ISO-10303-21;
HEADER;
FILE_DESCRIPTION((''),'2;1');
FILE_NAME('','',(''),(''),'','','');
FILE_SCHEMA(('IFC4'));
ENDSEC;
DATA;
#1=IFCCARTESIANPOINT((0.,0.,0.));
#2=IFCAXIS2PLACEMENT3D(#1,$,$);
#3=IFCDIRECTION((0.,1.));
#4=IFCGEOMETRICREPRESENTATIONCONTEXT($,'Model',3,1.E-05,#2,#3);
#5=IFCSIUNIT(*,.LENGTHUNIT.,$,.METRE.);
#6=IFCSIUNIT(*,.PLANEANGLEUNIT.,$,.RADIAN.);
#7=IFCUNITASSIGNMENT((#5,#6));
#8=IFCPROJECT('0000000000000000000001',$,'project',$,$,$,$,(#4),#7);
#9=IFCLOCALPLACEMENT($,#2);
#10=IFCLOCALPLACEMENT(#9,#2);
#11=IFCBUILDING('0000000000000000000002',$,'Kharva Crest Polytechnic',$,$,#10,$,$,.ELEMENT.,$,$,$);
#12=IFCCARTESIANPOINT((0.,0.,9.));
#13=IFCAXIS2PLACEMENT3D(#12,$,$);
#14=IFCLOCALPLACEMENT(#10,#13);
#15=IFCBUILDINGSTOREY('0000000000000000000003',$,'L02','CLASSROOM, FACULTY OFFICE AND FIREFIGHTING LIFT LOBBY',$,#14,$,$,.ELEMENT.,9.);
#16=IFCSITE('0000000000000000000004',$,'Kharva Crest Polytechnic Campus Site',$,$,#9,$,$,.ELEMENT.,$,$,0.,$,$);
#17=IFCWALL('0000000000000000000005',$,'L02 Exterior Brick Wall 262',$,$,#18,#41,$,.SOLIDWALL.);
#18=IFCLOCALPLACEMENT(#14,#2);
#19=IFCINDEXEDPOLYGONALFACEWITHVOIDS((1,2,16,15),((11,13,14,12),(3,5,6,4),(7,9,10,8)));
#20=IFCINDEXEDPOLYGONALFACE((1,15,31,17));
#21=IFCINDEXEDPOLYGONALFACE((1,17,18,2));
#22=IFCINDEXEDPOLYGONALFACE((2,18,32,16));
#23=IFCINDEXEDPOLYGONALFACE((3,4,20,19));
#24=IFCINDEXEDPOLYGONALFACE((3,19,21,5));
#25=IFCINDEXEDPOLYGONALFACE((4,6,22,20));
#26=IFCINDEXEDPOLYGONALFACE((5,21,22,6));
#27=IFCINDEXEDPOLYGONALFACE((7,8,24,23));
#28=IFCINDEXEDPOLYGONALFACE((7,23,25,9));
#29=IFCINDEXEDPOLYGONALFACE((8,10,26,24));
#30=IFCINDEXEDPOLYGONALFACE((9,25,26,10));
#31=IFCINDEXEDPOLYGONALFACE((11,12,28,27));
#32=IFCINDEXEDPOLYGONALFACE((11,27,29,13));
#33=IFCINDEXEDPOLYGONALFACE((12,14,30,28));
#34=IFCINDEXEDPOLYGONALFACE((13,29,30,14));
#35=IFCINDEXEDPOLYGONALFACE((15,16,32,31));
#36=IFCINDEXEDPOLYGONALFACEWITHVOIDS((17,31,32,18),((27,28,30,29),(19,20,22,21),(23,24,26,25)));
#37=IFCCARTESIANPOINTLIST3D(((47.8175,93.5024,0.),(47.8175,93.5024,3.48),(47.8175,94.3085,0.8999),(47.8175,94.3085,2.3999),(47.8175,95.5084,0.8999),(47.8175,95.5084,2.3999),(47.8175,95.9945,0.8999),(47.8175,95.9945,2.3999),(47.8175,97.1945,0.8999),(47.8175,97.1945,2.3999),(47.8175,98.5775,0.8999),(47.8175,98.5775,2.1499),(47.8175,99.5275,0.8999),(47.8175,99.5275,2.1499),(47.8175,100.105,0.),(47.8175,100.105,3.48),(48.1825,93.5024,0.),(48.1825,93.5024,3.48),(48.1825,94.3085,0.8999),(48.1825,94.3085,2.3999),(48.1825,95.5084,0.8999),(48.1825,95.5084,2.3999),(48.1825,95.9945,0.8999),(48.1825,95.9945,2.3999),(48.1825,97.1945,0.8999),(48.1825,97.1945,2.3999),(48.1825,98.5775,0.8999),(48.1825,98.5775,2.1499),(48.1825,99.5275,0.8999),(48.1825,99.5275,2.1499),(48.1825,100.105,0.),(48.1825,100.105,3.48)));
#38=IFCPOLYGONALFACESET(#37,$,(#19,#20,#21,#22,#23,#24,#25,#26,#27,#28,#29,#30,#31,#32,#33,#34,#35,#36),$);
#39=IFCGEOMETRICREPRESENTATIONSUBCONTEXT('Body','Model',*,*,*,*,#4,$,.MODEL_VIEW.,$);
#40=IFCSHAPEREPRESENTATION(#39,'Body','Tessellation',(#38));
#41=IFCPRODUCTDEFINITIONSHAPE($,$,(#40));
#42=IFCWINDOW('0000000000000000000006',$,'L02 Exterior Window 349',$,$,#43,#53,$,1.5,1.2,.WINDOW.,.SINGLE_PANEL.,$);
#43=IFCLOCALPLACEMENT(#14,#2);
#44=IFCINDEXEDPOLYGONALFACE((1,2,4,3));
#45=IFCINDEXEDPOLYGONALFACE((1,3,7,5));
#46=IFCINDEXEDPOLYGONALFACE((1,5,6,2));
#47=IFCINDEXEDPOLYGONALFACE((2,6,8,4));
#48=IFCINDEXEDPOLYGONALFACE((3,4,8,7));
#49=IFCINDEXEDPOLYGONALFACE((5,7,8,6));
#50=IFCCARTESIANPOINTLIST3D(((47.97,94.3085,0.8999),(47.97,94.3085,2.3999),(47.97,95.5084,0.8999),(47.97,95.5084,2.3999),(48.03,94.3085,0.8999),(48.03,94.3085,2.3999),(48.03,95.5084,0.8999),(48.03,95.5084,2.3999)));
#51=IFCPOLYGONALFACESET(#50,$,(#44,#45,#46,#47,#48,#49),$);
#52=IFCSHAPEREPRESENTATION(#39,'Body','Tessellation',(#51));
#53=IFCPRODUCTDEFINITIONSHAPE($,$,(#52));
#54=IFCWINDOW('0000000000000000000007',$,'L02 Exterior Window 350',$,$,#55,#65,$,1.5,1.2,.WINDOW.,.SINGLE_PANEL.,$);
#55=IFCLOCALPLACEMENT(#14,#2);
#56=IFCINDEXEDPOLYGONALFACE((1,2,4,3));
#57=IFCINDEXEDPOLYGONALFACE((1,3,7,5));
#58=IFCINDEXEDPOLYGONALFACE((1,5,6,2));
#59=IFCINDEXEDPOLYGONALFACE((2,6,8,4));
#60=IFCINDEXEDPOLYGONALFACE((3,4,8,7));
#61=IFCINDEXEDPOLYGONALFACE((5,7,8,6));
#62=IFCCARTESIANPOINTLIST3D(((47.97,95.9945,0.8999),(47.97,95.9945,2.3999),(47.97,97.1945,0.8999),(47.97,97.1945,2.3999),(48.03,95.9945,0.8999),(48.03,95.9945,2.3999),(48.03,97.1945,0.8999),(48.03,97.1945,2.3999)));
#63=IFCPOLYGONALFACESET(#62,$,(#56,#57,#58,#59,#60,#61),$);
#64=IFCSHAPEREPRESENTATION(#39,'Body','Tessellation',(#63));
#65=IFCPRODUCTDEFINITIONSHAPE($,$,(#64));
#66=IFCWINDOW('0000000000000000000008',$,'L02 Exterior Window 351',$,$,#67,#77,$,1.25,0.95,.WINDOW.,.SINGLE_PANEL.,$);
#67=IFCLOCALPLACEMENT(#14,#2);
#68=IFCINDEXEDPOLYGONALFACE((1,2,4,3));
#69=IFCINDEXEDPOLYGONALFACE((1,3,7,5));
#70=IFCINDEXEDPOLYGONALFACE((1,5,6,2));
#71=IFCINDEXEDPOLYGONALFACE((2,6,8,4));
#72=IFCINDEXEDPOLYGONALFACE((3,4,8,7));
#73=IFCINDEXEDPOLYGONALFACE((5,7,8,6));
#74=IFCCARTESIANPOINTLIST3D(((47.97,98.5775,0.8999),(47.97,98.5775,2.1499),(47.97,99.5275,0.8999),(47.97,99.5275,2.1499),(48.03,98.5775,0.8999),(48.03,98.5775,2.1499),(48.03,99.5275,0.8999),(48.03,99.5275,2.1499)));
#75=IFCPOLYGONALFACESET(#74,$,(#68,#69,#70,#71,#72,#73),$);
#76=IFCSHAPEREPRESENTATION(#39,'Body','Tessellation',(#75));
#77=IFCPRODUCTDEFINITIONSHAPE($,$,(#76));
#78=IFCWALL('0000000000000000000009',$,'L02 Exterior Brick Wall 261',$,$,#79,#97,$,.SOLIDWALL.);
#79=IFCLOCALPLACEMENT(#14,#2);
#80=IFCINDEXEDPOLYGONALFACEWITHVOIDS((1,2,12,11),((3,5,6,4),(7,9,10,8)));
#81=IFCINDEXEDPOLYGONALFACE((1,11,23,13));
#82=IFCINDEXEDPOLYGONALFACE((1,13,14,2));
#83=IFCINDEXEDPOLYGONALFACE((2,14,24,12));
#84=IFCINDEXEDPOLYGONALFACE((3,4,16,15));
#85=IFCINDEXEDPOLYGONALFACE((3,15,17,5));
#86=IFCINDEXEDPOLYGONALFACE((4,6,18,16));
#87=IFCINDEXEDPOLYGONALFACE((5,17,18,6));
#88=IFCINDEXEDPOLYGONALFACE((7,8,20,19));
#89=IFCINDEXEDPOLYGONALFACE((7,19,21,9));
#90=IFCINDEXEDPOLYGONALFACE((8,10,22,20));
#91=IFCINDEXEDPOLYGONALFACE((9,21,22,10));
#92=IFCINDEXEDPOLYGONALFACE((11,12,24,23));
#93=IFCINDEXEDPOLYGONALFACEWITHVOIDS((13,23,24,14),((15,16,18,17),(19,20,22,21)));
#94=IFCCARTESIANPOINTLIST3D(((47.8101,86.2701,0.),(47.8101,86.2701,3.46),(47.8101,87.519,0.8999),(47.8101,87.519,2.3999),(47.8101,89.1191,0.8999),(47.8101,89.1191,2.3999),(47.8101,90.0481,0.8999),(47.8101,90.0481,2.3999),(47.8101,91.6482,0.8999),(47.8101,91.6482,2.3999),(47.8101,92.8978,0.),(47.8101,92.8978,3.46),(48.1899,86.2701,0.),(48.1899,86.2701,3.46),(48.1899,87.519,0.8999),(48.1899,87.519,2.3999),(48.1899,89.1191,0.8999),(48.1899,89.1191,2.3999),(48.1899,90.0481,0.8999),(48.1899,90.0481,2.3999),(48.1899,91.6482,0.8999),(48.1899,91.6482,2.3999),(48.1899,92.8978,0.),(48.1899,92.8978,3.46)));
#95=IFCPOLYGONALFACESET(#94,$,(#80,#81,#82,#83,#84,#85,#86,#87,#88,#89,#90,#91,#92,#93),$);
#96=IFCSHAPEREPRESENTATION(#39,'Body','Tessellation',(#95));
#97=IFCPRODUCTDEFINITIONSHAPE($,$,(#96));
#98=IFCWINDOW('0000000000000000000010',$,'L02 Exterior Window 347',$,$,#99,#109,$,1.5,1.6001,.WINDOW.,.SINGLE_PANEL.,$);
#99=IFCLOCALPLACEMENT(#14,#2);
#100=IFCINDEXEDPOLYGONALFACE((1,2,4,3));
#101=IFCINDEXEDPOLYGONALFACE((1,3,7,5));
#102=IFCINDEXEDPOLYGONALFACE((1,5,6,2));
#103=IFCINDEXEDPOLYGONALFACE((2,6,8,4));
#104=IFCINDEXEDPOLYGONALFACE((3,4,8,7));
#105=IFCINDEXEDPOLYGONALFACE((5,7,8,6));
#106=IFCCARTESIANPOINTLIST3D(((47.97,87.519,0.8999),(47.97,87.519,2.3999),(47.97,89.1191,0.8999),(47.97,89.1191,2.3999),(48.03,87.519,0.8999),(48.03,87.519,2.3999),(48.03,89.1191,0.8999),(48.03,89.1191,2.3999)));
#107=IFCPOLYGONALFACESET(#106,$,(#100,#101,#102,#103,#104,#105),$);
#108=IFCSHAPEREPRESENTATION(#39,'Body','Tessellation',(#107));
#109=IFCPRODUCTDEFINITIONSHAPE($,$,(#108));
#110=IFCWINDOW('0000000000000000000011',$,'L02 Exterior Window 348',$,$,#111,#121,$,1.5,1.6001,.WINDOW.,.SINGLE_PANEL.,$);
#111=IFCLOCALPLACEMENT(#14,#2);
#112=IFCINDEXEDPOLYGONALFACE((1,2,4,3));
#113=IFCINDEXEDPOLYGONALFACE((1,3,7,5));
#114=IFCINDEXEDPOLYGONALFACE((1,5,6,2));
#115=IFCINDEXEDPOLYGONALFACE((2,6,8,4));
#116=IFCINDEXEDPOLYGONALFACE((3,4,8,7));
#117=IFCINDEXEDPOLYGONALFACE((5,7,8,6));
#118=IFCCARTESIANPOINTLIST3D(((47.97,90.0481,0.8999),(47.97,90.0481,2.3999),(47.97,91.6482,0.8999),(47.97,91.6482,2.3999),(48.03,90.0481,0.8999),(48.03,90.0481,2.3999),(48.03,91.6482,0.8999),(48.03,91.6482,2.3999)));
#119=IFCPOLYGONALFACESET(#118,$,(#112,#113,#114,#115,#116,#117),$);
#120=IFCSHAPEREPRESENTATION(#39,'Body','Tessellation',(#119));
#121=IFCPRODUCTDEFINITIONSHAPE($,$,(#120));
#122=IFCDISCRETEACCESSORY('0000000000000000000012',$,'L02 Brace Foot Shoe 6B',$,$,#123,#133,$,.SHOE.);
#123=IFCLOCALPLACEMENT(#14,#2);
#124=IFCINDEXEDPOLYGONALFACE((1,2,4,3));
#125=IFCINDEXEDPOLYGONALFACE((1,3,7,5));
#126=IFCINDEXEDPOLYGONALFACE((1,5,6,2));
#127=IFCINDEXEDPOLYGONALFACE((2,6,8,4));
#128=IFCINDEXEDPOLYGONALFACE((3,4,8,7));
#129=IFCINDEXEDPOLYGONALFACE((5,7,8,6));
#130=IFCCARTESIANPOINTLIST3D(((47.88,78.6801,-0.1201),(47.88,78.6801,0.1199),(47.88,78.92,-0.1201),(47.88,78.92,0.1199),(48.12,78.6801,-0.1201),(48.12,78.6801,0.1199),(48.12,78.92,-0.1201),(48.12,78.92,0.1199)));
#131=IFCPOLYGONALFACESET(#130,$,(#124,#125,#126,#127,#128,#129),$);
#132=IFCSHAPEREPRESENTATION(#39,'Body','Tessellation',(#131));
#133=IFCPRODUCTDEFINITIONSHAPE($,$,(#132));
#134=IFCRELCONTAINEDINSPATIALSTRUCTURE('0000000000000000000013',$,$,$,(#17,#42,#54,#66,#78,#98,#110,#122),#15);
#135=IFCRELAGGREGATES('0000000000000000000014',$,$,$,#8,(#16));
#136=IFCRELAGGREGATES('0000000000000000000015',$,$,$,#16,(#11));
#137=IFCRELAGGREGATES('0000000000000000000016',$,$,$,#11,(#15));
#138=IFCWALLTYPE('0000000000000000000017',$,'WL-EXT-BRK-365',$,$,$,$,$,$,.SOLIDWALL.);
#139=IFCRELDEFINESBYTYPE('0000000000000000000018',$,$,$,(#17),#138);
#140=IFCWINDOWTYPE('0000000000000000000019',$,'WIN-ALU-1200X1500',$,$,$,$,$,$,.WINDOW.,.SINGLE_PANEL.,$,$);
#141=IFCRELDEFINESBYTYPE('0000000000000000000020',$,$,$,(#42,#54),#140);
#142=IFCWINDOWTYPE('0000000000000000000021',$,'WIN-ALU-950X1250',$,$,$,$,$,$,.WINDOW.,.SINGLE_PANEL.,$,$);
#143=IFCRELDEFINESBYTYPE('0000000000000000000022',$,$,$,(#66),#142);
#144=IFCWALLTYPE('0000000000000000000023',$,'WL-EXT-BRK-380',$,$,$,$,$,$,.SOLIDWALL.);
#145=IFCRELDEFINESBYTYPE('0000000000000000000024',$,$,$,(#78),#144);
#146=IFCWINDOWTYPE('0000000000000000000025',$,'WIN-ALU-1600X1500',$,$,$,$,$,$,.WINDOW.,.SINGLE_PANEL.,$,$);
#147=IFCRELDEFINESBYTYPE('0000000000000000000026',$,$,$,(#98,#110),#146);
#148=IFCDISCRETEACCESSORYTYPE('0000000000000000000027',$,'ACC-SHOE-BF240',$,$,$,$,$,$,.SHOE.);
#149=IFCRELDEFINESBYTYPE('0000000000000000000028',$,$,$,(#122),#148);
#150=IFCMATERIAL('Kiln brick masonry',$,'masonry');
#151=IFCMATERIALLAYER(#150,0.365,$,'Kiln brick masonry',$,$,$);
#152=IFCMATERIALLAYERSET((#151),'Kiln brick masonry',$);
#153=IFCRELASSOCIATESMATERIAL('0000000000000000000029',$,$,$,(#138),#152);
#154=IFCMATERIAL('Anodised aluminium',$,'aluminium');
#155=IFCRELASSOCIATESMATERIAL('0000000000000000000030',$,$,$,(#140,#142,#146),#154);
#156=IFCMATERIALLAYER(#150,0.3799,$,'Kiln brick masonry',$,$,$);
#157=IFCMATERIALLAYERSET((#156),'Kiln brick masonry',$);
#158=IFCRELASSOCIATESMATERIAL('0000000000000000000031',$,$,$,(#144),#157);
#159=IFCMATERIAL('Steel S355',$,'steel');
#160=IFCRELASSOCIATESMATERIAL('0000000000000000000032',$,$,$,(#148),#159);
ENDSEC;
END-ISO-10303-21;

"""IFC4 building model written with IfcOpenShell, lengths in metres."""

from ifc_helpers import new_model, si_unit, direction, frame, frame_2d, origin, origin_2d, place, context, subcontext, project, spatial, rectangle, extrude, material, layer, layer_set, type_object, element, fill, save


model = new_model("IFC4")

# Units and contexts
model_context = context("Model", 3, precision=1e-05, world=origin(), true_north=direction((0.0, 1.0)))
body_context = subcontext(model_context, "Body", "Model", "MODEL_VIEW")
ifc_project = project(units=[si_unit("LENGTHUNIT", "METRE"), si_unit("PLANEANGLEUNIT", "RADIAN")], contexts=[model_context])

# Site, building, storey
site_placement = place(None, origin())
site = spatial("IfcSite", under=ifc_project, at=site_placement, Name="Kharva Crest Polytechnic Campus Site", CompositionType="ELEMENT", RefElevation=0.0)
building_placement = place(site_placement, origin())
building = spatial("IfcBuilding", under=site, at=building_placement, Name="Kharva Crest Polytechnic", CompositionType="ELEMENT")
storey_placement = place(building_placement, frame((0.0, 0.0, 9.0)))
storey = spatial("IfcBuildingStorey", under=building, at=storey_placement, Name="L02", Description="CLASSROOM, FACULTY OFFICE AND FIREFIGHTING LIFT LOBBY", CompositionType="ELEMENT", Elevation=9.0)

# Shared definitions
ifc_material_1 = material(Name="Steel S355", Category="steel")

# Walls, openings, windows
ifc_material_2 = material(Name="Kiln brick masonry", Category="masonry")
ifc_material_3 = material(Name="Anodised aluminium", Category="aluminium")
ifc_layer_1 = layer(ifc_material_2, 0.365, Name="Kiln brick masonry")
ifc_layer_set_1 = layer_set([ifc_layer_1], Name="Kiln brick masonry")
wall_type_1 = type_object("IfcWallType", Name="WL-EXT-BRK-365", PredefinedType="SOLIDWALL", material=ifc_layer_set_1)
wall_1_placement = place(storey_placement, frame((48.0, 93.5024, 0.0), z_axis=(0.0, 0.0, 1.0), x_axis=(0.0, 1.0, 0.0)))
wall_1 = element("IfcWall", 1, at=wall_1_placement, inside=storey, type_object=wall_type_1, Name="L02 Exterior Brick Wall 262", PredefinedType="SOLIDWALL", context=body_context, shape_type="SweptSolid", body=[
    extrude(rectangle(XDim=6.6025, YDim=0.365, at=frame_2d((3.3013, 0.0))), origin(), (0.0, 0.0, 1.0), 3.48),
])
opening_1_placement = place(wall_1_placement, frame((0.8059, 0.0, 0.8999)))
opening_1 = element("IfcOpeningElement", 2, at=opening_1_placement, cuts=wall_1, PredefinedType="OPENING", context=body_context, shape_type="SweptSolid", body=[
    extrude(rectangle(XDim=1.2, YDim=1.5, at=frame_2d((0.6001, 0.75))), frame((0.0, 0.1924, 0.0), z_axis=(0.0, -1.0, 0.0), x_axis=(1.0, 0.0, 0.0)), (0.0, 0.0, 1.0), 0.385),
])
opening_2_placement = place(wall_1_placement, frame((2.4919, 0.0, 0.8999)))
opening_2 = element("IfcOpeningElement", 3, at=opening_2_placement, cuts=wall_1, PredefinedType="OPENING", context=body_context, shape_type="SweptSolid", body=[
    extrude(rectangle(XDim=1.2, YDim=1.5, at=frame_2d((0.6001, 0.75))), frame((0.0, 0.1924, 0.0), z_axis=(0.0, -1.0, 0.0), x_axis=(1.0, 0.0, 0.0)), (0.0, 0.0, 1.0), 0.385),
])
opening_3_placement = place(wall_1_placement, frame((5.075, 0.0, 0.8999)))
opening_3 = element("IfcOpeningElement", 4, at=opening_3_placement, cuts=wall_1, PredefinedType="OPENING", context=body_context, shape_type="SweptSolid", body=[
    extrude(rectangle(XDim=0.95, YDim=1.25, at=frame_2d((0.4751, 0.625))), frame((0.0, 0.1924, 0.0), z_axis=(0.0, -1.0, 0.0), x_axis=(1.0, 0.0, 0.0)), (0.0, 0.0, 1.0), 0.385),
])
window_type_1 = type_object("IfcWindowType", Name="WIN-ALU-1200X1500", PartitioningType="SINGLE_PANEL", PredefinedType="WINDOW", material=ifc_material_3)
window_1_placement = place(opening_1_placement, origin())
window_1 = element("IfcWindow", 5, at=window_1_placement, inside=storey, type_object=window_type_1, Name="L02 Exterior Window 349", OverallHeight=1.5, OverallWidth=1.2, PartitioningType="SINGLE_PANEL", PredefinedType="WINDOW", context=body_context, shape_type="SweptSolid", body=[
    extrude(rectangle(XDim=1.2, YDim=1.5, at=frame_2d((0.6001, 0.75))), frame((0.0, 0.03, 0.0), z_axis=(0.0, -1.0, 0.0), x_axis=(1.0, 0.0, 0.0)), (0.0, 0.0, 1.0), 0.0601),
])
fill(opening_1, window_1)
window_2_placement = place(opening_2_placement, origin())
window_2 = element("IfcWindow", 6, at=window_2_placement, inside=storey, type_object=window_type_1, Name="L02 Exterior Window 350", OverallHeight=1.5, OverallWidth=1.2, PartitioningType="SINGLE_PANEL", PredefinedType="WINDOW", context=body_context, shape_type="SweptSolid", body=[
    extrude(rectangle(XDim=1.2, YDim=1.5, at=frame_2d((0.6001, 0.75))), frame((0.0, 0.03, 0.0), z_axis=(0.0, -1.0, 0.0), x_axis=(1.0, 0.0, 0.0)), (0.0, 0.0, 1.0), 0.0601),
])
fill(opening_2, window_2)
window_type_2 = type_object("IfcWindowType", Name="WIN-ALU-950X1250", PartitioningType="SINGLE_PANEL", PredefinedType="WINDOW", material=ifc_material_3)
window_3_placement = place(opening_3_placement, origin())
window_3 = element("IfcWindow", 7, at=window_3_placement, inside=storey, type_object=window_type_2, Name="L02 Exterior Window 351", OverallHeight=1.25, OverallWidth=0.95, PartitioningType="SINGLE_PANEL", PredefinedType="WINDOW", context=body_context, shape_type="SweptSolid", body=[
    extrude(rectangle(XDim=0.95, YDim=1.25, at=frame_2d((0.4751, 0.625))), frame((0.0, 0.03, 0.0), z_axis=(0.0, -1.0, 0.0), x_axis=(1.0, 0.0, 0.0)), (0.0, 0.0, 1.0), 0.0601),
])
fill(opening_3, window_3)
ifc_layer_2 = layer(ifc_material_2, 0.3799, Name="Kiln brick masonry")
ifc_layer_set_2 = layer_set([ifc_layer_2], Name="Kiln brick masonry")
wall_type_2 = type_object("IfcWallType", Name="WL-EXT-BRK-380", PredefinedType="SOLIDWALL", material=ifc_layer_set_2)
wall_2_placement = place(storey_placement, frame((48.0, 86.27, 0.0), z_axis=(0.0, 0.0, 1.0), x_axis=(0.0, 1.0, 0.0)))
wall_2 = element("IfcWall", 8, at=wall_2_placement, inside=storey, type_object=wall_type_2, Name="L02 Exterior Brick Wall 261", PredefinedType="SOLIDWALL", context=body_context, shape_type="SweptSolid", body=[
    extrude(rectangle(XDim=6.6277, YDim=0.3799, at=frame_2d((3.314, 0.0))), origin(), (0.0, 0.0, 1.0), 3.46),
])
opening_4_placement = place(wall_2_placement, frame((1.249, 0.0, 0.8999)))
opening_4 = element("IfcOpeningElement", 9, at=opening_4_placement, cuts=wall_2, PredefinedType="OPENING", context=body_context, shape_type="SweptSolid", body=[
    extrude(rectangle(XDim=1.6001, YDim=1.5, at=frame_2d((0.8, 0.75))), frame((0.0, 0.2, 0.0), z_axis=(0.0, -1.0, 0.0), x_axis=(1.0, 0.0, 0.0)), (0.0, 0.0, 1.0), 0.3999),
])
opening_5_placement = place(wall_2_placement, frame((3.7781, 0.0, 0.8999)))
opening_5 = element("IfcOpeningElement", 10, at=opening_5_placement, cuts=wall_2, PredefinedType="OPENING", context=body_context, shape_type="SweptSolid", body=[
    extrude(rectangle(XDim=1.6001, YDim=1.5, at=frame_2d((0.8, 0.75))), frame((0.0, 0.2, 0.0), z_axis=(0.0, -1.0, 0.0), x_axis=(1.0, 0.0, 0.0)), (0.0, 0.0, 1.0), 0.3999),
])
window_type_3 = type_object("IfcWindowType", Name="WIN-ALU-1600X1500", PartitioningType="SINGLE_PANEL", PredefinedType="WINDOW", material=ifc_material_3)
window_4_placement = place(opening_4_placement, origin())
window_4 = element("IfcWindow", 11, at=window_4_placement, inside=storey, type_object=window_type_3, Name="L02 Exterior Window 347", OverallHeight=1.5, OverallWidth=1.6001, PartitioningType="SINGLE_PANEL", PredefinedType="WINDOW", context=body_context, shape_type="SweptSolid", body=[
    extrude(rectangle(XDim=1.6001, YDim=1.5, at=frame_2d((0.8, 0.75))), frame((0.0, 0.03, 0.0), z_axis=(0.0, -1.0, 0.0), x_axis=(1.0, 0.0, 0.0)), (0.0, 0.0, 1.0), 0.0601),
])
fill(opening_4, window_4)
window_5_placement = place(opening_5_placement, origin())
window_5 = element("IfcWindow", 12, at=window_5_placement, inside=storey, type_object=window_type_3, Name="L02 Exterior Window 348", OverallHeight=1.5, OverallWidth=1.6001, PartitioningType="SINGLE_PANEL", PredefinedType="WINDOW", context=body_context, shape_type="SweptSolid", body=[
    extrude(rectangle(XDim=1.6001, YDim=1.5, at=frame_2d((0.8, 0.75))), frame((0.0, 0.03, 0.0), z_axis=(0.0, -1.0, 0.0), x_axis=(1.0, 0.0, 0.0)), (0.0, 0.0, 1.0), 0.0601),
])
fill(opening_5, window_5)

# Discrete accessory
discrete_accessory_type = type_object("IfcDiscreteAccessoryType", Name="ACC-SHOE-BF240", PredefinedType="SHOE", material=ifc_material_1)
discrete_accessory_placement = place(storey_placement, frame((48.0, 78.8, -0.1201), z_axis=(0.0, 0.0, 1.0), x_axis=(1.0, 0.0, 0.0)))
element("IfcDiscreteAccessory", 13, at=discrete_accessory_placement, inside=storey, type_object=discrete_accessory_type, Name="L02 Brace Foot Shoe 6B", PredefinedType="SHOE", context=body_context, shape_type="SweptSolid", body=[
    extrude(rectangle(XDim=0.24, YDim=0.24, at=origin_2d()), origin(), (0.0, 0.0, 1.0), 0.24),
])

save(model, "model.ifc")
